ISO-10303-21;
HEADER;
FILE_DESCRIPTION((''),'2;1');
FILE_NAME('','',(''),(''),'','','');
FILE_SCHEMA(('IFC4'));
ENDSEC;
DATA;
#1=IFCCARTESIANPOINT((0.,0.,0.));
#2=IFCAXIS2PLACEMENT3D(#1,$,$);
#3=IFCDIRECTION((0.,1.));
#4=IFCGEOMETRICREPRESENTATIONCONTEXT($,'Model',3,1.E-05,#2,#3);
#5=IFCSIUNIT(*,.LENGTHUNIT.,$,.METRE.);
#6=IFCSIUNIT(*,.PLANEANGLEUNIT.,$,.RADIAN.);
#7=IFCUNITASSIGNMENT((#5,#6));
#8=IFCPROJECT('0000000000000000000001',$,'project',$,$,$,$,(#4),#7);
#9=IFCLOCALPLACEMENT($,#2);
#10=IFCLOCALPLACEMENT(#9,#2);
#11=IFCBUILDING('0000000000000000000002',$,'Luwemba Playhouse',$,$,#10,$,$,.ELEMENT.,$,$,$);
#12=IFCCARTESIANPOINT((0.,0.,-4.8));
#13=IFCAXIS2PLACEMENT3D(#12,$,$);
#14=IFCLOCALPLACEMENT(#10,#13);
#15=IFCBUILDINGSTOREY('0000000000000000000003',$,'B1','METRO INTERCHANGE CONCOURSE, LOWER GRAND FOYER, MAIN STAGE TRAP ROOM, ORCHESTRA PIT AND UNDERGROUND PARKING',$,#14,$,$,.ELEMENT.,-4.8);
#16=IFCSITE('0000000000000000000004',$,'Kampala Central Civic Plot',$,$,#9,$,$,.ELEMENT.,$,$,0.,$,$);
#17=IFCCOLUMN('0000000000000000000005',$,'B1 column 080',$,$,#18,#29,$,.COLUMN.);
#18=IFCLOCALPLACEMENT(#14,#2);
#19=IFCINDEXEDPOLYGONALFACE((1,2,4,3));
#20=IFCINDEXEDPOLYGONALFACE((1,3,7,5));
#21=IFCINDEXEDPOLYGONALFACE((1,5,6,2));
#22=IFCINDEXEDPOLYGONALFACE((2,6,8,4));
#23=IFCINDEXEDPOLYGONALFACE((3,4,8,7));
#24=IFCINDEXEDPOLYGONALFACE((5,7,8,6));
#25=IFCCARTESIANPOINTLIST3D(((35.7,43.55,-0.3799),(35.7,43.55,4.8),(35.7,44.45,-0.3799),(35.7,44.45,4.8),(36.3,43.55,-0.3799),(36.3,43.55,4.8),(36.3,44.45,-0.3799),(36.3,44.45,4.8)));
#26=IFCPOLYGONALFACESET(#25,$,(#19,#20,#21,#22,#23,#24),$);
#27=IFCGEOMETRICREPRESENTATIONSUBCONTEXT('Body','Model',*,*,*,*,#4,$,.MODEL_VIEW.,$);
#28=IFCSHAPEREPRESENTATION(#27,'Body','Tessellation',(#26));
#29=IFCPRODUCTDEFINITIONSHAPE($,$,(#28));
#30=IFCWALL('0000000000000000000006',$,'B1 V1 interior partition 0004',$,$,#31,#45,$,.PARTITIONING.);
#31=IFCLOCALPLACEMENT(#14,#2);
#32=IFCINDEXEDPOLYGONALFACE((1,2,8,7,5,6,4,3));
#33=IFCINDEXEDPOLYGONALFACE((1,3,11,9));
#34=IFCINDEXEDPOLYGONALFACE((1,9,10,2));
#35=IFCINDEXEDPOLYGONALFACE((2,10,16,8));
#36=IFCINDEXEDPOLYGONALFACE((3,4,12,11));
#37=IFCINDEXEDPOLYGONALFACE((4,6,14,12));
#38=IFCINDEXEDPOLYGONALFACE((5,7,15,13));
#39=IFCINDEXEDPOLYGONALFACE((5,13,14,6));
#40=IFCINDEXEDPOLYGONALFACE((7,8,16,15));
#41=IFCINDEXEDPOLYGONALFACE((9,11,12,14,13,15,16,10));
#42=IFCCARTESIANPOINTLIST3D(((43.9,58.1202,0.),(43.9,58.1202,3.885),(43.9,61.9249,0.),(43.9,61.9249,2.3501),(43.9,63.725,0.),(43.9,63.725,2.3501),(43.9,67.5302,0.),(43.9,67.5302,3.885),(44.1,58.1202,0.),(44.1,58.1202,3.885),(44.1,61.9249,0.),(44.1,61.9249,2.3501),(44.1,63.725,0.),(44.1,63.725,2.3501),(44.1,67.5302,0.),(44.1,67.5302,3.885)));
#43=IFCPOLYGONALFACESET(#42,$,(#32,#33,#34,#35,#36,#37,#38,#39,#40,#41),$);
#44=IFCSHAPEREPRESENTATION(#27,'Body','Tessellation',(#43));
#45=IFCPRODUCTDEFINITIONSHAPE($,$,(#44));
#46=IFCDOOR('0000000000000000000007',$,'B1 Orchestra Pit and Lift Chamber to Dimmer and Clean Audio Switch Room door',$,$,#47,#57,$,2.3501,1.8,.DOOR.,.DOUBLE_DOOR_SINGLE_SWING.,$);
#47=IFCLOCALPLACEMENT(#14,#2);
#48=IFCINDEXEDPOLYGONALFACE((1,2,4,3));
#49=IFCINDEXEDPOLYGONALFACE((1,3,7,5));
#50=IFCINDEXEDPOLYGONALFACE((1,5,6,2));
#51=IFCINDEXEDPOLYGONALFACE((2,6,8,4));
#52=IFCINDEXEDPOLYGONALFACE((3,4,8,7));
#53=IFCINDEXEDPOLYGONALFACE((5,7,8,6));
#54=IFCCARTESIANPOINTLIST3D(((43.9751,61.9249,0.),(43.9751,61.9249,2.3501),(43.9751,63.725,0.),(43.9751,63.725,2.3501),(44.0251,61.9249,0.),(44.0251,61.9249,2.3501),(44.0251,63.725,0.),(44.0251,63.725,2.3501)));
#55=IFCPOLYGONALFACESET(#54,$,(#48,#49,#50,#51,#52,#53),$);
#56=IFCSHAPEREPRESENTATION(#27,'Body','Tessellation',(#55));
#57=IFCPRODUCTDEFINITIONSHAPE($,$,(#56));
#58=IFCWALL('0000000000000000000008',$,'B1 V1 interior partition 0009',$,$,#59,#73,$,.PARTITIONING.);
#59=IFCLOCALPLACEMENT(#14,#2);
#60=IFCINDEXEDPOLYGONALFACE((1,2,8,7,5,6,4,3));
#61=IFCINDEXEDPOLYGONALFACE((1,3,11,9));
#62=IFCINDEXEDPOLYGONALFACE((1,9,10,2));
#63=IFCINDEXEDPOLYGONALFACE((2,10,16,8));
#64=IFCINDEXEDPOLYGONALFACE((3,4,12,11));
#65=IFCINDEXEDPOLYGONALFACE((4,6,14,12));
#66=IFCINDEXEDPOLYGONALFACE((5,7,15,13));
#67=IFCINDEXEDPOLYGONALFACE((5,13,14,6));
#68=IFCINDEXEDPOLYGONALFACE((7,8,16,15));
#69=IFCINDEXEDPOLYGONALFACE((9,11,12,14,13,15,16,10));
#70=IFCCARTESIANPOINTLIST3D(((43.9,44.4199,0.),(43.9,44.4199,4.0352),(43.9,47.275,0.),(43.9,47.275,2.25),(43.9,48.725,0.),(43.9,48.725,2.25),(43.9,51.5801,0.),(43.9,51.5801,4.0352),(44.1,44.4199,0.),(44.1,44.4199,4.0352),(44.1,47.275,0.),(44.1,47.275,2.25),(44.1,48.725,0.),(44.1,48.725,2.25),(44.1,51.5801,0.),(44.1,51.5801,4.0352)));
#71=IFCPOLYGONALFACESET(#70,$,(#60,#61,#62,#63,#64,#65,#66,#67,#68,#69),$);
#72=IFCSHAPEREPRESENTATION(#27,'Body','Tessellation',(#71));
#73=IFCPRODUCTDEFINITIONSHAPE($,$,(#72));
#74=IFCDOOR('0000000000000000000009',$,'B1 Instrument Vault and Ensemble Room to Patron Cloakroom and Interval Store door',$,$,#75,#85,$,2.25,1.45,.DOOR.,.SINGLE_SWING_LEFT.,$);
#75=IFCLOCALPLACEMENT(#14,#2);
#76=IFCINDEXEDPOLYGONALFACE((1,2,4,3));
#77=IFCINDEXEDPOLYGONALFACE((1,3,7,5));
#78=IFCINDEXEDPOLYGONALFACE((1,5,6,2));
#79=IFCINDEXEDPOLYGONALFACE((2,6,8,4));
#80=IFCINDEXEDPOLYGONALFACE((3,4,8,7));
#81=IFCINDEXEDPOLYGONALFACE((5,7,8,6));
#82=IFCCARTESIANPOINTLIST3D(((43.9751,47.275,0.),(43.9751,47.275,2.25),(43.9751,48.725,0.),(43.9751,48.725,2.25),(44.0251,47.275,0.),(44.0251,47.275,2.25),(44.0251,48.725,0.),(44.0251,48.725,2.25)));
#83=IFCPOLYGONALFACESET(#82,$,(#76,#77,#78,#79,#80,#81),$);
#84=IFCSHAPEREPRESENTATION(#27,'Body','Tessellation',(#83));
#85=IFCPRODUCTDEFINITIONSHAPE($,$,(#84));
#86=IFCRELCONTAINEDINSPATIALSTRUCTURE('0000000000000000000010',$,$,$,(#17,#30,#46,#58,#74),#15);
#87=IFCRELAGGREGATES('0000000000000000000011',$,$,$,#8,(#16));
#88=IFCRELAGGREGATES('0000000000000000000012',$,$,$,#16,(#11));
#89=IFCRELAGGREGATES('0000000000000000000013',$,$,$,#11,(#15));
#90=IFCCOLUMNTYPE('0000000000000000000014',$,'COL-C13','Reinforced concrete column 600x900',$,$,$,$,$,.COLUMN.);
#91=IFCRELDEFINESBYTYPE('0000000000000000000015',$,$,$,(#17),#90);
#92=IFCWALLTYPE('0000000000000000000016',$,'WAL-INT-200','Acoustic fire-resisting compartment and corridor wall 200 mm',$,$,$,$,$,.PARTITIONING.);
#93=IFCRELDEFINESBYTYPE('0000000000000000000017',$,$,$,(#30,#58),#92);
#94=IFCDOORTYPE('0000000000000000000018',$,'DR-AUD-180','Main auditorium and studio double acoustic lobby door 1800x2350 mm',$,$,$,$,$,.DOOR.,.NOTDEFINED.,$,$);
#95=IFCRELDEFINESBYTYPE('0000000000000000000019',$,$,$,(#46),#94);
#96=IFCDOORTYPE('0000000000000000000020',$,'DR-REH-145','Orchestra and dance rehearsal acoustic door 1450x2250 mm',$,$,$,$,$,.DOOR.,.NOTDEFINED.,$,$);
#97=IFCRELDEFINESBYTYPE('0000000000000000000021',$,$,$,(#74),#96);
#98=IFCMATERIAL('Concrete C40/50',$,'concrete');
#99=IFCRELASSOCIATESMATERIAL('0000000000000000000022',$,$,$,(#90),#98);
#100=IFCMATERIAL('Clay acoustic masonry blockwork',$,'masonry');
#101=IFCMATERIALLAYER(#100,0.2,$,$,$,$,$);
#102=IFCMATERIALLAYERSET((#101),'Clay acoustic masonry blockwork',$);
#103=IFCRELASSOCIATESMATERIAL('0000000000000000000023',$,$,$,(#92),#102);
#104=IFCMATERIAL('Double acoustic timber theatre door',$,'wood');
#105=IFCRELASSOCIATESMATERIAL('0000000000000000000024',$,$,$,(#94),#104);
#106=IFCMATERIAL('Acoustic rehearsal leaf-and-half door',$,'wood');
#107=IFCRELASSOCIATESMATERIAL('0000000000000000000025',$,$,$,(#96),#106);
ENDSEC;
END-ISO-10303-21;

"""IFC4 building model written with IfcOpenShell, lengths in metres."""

from ifc_helpers import new_model, si_unit, direction, frame, frame_2d, origin, origin_2d, place, context, subcontext, project, spatial, rectangle, extrude, material, layer, layer_set, material_profile, profile_set, type_object, element, fill, save


model = new_model("IFC4")

# Units and contexts
model_context = context("Model", 3, precision=1e-05, world=origin(), true_north=direction((0.0, 1.0)))
body_context = subcontext(model_context, "Body", "Model", "MODEL_VIEW")
ifc_project = project(units=[si_unit("LENGTHUNIT", "METRE"), si_unit("PLANEANGLEUNIT", "RADIAN")], contexts=[model_context])

# Site, building, storey
site_placement = place(None, origin())
site = spatial("IfcSite", under=ifc_project, at=site_placement, Name="Kampala Central Civic Plot", CompositionType="ELEMENT", RefElevation=0.0)
building_placement = place(site_placement, origin())
building = spatial("IfcBuilding", under=site, at=building_placement, Name="Luwemba Playhouse", CompositionType="ELEMENT")
storey_placement = place(building_placement, frame((0.0, 0.0, -4.8)))
storey = spatial("IfcBuildingStorey", under=building, at=storey_placement, Name="B1", Description="METRO INTERCHANGE CONCOURSE, LOWER GRAND FOYER, MAIN STAGE TRAP ROOM, ORCHESTRA PIT AND UNDERGROUND PARKING", CompositionType="ELEMENT", Elevation=-4.8)

# Column
ifc_material_1 = material(Name="Concrete C40/50", Category="concrete")
ifc_material_profile_1 = material_profile(ifc_material_1, rectangle(XDim=0.6001, YDim=0.8999, at=origin_2d()))
ifc_profile_set_1 = profile_set([ifc_material_profile_1], Name="Concrete C40/50")
column_type_1 = type_object("IfcColumnType", Name="COL-C13", Description="Reinforced concrete column 600x900", PredefinedType="COLUMN", material=ifc_profile_set_1)
column_placement = place(storey_placement, frame((36.0, 44.0, -0.3799), z_axis=(0.0, 0.0, 1.0), x_axis=(1.0, 0.0, 0.0)))
element("IfcColumn", 1, at=column_placement, inside=storey, type_object=column_type_1, Name="B1 column 080", PredefinedType="COLUMN", context=body_context, shape_type="SweptSolid", body=[
    extrude(rectangle(XDim=0.6001, YDim=0.8999, at=origin_2d()), origin(), (0.0, 0.0, 1.0), 5.1799),
])

# Walls, openings, doors
ifc_material_2 = material(Name="Clay acoustic masonry blockwork", Category="masonry")
ifc_layer = layer(ifc_material_2, 0.2)
ifc_layer_set = layer_set([ifc_layer], Name="Clay acoustic masonry blockwork")
wall_type = type_object("IfcWallType", Name="WAL-INT-200", Description="Acoustic fire-resisting compartment and corridor wall 200 mm", PredefinedType="PARTITIONING", material=ifc_layer_set)
wall_1_placement = place(storey_placement, frame((44.0, 58.1201, 0.0), z_axis=(0.0, 0.0, 1.0), x_axis=(0.0, 1.0, 0.0)))
wall_1 = element("IfcWall", 2, at=wall_1_placement, inside=storey, type_object=wall_type, Name="B1 V1 interior partition 0004", PredefinedType="PARTITIONING", context=body_context, shape_type="SweptSolid", body=[
    extrude(rectangle(XDim=9.4099, YDim=0.2, at=frame_2d((4.7051, 0.0))), origin(), (0.0, 0.0, 1.0), 3.885),
])
opening_1_placement = place(wall_1_placement, frame((3.8049, 0.0, 0.0)))
opening_1 = element("IfcOpeningElement", 3, at=opening_1_placement, cuts=wall_1, PredefinedType="OPENING", context=body_context, shape_type="SweptSolid", body=[
    extrude(rectangle(XDim=1.8, YDim=2.3501, at=frame_2d((0.8999, 1.175))), frame((0.0, 0.1099, 0.0), z_axis=(0.0, -1.0, 0.0), x_axis=(1.0, 0.0, 0.0)), (0.0, 0.0, 1.0), 0.22),
])
ifc_material_3 = material(Name="Double acoustic timber theatre door", Category="wood")
door_type_1 = type_object("IfcDoorType", Name="DR-AUD-180", Description="Main auditorium and studio double acoustic lobby door 1800x2350 mm", OperationType="NOTDEFINED", PredefinedType="DOOR", material=ifc_material_3)
door_1_placement = place(opening_1_placement, origin())
door_1 = element("IfcDoor", 4, at=door_1_placement, inside=storey, type_object=door_type_1, Name="B1 Orchestra Pit and Lift Chamber to Dimmer and Clean Audio Switch Room door", OperationType="DOUBLE_DOOR_SINGLE_SWING", OverallHeight=2.3501, OverallWidth=1.8, PredefinedType="DOOR", context=body_context, shape_type="SweptSolid", body=[
    extrude(rectangle(XDim=1.8, YDim=2.3501, at=frame_2d((0.8999, 1.175))), frame((0.0, 0.0249, 0.0), z_axis=(0.0, -1.0, 0.0), x_axis=(1.0, 0.0, 0.0)), (0.0, 0.0, 1.0), 0.05),
])
fill(opening_1, door_1)
wall_2_placement = place(storey_placement, frame((44.0, 44.4199, 0.0), z_axis=(0.0, 0.0, 1.0), x_axis=(0.0, 1.0, 0.0)))
wall_2 = element("IfcWall", 5, at=wall_2_placement, inside=storey, type_object=wall_type, Name="B1 V1 interior partition 0009", PredefinedType="PARTITIONING", context=body_context, shape_type="SweptSolid", body=[
    extrude(rectangle(XDim=7.1602, YDim=0.2, at=frame_2d((3.5801, 0.0))), origin(), (0.0, 0.0, 1.0), 4.0352),
])
opening_2_placement = place(wall_2_placement, frame((2.855, 0.0, 0.0)))
opening_2 = element("IfcOpeningElement", 6, at=opening_2_placement, cuts=wall_2, PredefinedType="OPENING", context=body_context, shape_type="SweptSolid", body=[
    extrude(rectangle(XDim=1.45, YDim=2.25, at=frame_2d((0.7251, 1.125))), frame((0.0, 0.1099, 0.0), z_axis=(0.0, -1.0, 0.0), x_axis=(1.0, 0.0, 0.0)), (0.0, 0.0, 1.0), 0.22),
])
ifc_material_4 = material(Name="Acoustic rehearsal leaf-and-half door", Category="wood")
door_type_2 = type_object("IfcDoorType", Name="DR-REH-145", Description="Orchestra and dance rehearsal acoustic door 1450x2250 mm", OperationType="NOTDEFINED", PredefinedType="DOOR", material=ifc_material_4)
door_2_placement = place(opening_2_placement, origin())
door_2 = element("IfcDoor", 7, at=door_2_placement, inside=storey, type_object=door_type_2, Name="B1 Instrument Vault and Ensemble Room to Patron Cloakroom and Interval Store door", OperationType="SINGLE_SWING_LEFT", OverallHeight=2.25, OverallWidth=1.45, PredefinedType="DOOR", context=body_context, shape_type="SweptSolid", body=[
    extrude(rectangle(XDim=1.45, YDim=2.25, at=frame_2d((0.7251, 1.125))), frame((0.0, 0.0249, 0.0), z_axis=(0.0, -1.0, 0.0), x_axis=(1.0, 0.0, 0.0)), (0.0, 0.0, 1.0), 0.05),
])
fill(opening_2, door_2)

save(model, "model.ifc")
